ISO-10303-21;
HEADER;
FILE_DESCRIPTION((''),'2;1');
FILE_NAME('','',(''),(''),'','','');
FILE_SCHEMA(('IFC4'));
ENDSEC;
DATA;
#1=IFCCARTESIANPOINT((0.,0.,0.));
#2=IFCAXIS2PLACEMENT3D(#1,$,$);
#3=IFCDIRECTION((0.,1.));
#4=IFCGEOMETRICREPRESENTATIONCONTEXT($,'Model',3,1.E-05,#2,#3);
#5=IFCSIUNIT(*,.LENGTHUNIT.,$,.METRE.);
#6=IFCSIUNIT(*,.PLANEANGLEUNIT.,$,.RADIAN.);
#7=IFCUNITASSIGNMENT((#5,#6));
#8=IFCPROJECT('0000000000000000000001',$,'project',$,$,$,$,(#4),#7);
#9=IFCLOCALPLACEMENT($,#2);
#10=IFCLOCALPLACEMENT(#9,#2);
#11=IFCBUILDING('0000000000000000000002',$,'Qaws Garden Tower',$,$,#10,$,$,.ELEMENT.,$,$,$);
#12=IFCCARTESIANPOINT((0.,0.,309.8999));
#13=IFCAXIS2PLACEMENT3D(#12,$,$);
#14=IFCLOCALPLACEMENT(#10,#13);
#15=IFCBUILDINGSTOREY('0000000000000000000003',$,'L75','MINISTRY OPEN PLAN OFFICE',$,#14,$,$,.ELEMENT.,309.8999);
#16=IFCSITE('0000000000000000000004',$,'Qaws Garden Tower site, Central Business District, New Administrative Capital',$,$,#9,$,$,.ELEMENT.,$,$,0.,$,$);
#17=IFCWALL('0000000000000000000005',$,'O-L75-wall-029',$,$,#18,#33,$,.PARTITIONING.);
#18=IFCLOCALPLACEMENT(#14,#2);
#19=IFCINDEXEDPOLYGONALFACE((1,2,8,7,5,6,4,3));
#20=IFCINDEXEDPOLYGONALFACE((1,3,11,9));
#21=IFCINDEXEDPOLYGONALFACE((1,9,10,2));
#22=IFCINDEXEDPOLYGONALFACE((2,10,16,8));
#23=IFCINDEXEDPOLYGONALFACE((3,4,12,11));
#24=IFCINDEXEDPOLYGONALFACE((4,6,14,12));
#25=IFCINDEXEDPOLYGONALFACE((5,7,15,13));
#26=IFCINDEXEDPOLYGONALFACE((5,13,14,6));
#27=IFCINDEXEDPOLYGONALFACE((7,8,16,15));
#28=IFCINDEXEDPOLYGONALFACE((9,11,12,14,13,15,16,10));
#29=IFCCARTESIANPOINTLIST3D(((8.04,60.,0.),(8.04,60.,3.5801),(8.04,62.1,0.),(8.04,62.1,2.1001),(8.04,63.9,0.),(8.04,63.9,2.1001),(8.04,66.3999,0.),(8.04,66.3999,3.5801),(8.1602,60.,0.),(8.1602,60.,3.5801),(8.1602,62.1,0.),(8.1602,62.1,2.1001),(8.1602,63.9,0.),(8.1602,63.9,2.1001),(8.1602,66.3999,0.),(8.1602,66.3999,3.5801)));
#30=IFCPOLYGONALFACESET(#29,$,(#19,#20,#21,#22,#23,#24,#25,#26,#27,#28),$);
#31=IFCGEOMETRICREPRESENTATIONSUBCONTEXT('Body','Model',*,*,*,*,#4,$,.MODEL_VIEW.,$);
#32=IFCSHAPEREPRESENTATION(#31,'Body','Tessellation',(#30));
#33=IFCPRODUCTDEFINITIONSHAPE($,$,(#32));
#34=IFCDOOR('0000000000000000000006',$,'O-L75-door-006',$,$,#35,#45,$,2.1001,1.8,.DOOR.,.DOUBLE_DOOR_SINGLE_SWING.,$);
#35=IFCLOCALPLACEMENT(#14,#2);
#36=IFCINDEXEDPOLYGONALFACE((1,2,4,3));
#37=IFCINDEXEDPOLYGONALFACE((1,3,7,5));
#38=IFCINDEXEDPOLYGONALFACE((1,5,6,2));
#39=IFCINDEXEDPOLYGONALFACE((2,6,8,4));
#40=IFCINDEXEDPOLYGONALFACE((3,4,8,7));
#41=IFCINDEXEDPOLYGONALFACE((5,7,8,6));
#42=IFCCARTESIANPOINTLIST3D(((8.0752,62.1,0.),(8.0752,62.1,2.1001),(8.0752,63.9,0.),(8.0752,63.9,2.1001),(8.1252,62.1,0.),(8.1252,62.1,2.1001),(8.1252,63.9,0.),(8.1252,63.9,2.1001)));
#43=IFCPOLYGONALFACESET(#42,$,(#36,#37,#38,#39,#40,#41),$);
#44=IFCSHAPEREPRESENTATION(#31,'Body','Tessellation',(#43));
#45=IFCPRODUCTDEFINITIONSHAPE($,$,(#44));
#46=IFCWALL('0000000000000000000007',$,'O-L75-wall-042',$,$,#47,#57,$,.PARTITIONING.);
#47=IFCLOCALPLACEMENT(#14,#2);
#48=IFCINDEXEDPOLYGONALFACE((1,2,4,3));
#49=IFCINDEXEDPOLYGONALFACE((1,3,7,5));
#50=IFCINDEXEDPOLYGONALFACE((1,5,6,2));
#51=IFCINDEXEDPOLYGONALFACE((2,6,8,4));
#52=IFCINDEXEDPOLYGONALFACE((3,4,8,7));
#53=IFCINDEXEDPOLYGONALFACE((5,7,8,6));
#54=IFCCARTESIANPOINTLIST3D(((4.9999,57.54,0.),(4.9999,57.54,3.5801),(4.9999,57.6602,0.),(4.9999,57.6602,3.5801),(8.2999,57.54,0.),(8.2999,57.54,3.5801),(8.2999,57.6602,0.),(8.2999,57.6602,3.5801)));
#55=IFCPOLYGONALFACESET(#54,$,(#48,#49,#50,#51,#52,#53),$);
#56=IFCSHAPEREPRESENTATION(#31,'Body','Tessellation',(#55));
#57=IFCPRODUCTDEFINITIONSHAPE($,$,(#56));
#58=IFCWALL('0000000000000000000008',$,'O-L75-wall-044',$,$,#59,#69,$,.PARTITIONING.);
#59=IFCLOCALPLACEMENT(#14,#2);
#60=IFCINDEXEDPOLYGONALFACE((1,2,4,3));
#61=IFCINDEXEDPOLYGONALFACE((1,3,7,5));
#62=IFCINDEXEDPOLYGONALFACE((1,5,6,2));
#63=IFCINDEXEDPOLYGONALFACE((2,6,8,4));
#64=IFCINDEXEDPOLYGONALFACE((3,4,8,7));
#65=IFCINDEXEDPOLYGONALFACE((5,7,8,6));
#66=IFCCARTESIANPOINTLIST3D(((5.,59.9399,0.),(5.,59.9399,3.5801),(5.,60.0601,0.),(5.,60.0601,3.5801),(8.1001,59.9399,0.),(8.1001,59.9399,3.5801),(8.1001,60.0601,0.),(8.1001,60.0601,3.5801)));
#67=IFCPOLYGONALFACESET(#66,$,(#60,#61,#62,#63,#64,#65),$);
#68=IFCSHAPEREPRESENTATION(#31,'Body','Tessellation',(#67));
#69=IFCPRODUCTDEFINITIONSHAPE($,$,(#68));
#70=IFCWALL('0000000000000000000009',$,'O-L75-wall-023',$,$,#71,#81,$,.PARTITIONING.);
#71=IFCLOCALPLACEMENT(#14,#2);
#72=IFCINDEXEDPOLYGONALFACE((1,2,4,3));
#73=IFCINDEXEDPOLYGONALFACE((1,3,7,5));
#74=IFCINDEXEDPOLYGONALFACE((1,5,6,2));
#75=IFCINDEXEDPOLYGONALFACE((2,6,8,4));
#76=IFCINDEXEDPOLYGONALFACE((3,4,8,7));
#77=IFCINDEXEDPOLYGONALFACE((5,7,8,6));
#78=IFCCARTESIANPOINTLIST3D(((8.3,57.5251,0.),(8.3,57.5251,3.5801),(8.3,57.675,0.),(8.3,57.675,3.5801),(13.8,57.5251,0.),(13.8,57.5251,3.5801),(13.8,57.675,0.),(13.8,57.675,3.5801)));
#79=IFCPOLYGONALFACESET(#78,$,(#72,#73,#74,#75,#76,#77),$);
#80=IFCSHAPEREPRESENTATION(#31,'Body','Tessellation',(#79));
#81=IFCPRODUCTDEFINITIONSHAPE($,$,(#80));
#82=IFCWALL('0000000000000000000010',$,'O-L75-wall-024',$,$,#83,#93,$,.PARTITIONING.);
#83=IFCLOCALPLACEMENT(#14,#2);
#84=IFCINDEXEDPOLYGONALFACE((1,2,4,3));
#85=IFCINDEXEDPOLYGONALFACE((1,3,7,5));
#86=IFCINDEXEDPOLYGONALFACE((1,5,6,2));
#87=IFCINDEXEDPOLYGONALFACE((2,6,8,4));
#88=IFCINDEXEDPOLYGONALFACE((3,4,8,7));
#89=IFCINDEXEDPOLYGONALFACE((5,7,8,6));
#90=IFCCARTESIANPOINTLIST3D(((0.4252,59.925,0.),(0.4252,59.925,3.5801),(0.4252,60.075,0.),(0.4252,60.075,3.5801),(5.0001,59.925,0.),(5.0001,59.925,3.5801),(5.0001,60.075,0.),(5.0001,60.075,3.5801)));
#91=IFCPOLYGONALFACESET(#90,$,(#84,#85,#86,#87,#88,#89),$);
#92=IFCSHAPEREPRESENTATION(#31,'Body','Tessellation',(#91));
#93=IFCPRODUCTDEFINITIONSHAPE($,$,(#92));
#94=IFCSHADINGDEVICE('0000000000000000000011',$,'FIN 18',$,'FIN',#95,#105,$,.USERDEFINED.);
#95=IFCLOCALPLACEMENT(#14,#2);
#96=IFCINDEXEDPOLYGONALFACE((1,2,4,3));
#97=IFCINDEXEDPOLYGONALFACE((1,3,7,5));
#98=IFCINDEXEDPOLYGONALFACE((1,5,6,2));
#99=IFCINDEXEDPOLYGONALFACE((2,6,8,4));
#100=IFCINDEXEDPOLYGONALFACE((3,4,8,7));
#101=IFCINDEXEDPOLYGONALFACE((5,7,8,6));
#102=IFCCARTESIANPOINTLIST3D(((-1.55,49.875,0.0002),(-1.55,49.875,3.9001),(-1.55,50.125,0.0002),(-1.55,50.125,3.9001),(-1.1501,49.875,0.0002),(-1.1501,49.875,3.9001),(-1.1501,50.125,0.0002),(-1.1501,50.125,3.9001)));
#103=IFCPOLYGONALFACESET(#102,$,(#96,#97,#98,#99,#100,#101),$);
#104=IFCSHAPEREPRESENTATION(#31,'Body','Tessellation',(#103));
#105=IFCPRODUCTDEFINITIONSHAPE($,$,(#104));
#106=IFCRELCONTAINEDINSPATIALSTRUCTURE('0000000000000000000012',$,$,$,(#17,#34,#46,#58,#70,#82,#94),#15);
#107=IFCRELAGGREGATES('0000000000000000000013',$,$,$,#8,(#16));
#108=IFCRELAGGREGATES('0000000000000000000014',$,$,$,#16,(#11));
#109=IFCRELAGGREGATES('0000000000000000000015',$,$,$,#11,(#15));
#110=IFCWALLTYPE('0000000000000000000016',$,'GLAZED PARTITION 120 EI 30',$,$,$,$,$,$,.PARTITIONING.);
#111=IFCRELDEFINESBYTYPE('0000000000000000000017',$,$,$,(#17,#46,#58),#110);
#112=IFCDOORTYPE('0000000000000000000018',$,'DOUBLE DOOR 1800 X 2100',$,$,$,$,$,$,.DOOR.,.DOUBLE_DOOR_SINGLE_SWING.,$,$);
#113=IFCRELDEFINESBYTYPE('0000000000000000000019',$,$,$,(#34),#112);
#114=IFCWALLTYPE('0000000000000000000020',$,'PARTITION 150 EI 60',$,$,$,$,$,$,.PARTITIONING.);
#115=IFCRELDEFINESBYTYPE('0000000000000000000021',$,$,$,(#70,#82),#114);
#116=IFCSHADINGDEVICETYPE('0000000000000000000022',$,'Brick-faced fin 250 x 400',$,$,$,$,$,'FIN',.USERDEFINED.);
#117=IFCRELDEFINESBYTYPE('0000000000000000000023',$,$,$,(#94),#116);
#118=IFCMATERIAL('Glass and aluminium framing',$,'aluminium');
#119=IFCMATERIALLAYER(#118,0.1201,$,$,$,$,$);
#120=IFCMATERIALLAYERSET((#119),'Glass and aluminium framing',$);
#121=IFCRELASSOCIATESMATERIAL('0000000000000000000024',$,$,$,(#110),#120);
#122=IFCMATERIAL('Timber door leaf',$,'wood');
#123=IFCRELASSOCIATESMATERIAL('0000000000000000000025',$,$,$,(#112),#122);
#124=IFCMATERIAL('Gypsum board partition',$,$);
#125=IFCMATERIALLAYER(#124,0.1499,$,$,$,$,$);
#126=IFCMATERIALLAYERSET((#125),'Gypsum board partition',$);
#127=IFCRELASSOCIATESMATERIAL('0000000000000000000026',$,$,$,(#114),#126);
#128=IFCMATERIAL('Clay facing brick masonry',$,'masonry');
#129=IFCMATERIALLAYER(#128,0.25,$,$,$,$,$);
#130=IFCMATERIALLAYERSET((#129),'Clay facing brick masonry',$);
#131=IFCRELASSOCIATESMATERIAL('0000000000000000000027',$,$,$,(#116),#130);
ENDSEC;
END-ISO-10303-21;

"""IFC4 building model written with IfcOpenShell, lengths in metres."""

from ifc_helpers import new_model, si_unit, direction, frame, frame_2d, origin, origin_2d, place, context, subcontext, project, spatial, rectangle, extrude, material, layer, layer_set, type_object, element, fill, save


model = new_model("IFC4")

# Units and contexts
model_context = context("Model", 3, precision=1e-05, world=origin(), true_north=direction((0.0, 1.0)))
body_context = subcontext(model_context, "Body", "Model", "MODEL_VIEW")
ifc_project = project(units=[si_unit("LENGTHUNIT", "METRE"), si_unit("PLANEANGLEUNIT", "RADIAN")], contexts=[model_context])

# Site, building, storey
site_placement = place(None, origin())
site = spatial("IfcSite", under=ifc_project, at=site_placement, Name="Qaws Garden Tower site, Central Business District, New Administrative Capital", CompositionType="ELEMENT", RefElevation=0.0)
building_placement = place(site_placement, origin())
building = spatial("IfcBuilding", under=site, at=building_placement, Name="Qaws Garden Tower", CompositionType="ELEMENT")
storey_placement = place(building_placement, frame((0.0, 0.0, 309.8999)))
storey = spatial("IfcBuildingStorey", under=building, at=storey_placement, Name="L75", Description="MINISTRY OPEN PLAN OFFICE", CompositionType="ELEMENT", Elevation=309.8999)

# Shared definitions
ifc_material_1 = material(Name="Glass and aluminium framing", Category="aluminium")
ifc_layer_1 = layer(ifc_material_1, 0.1201)
ifc_layer_set_1 = layer_set([ifc_layer_1], Name="Glass and aluminium framing")
wall_type_1 = type_object("IfcWallType", Name="GLAZED PARTITION 120 EI 30", PredefinedType="PARTITIONING", material=ifc_layer_set_1)

# Wall, opening, door
wall_1_placement = place(storey_placement, frame((8.1001, 60.0, 0.0), z_axis=(0.0, 0.0, 1.0), x_axis=(0.0, 1.0, 0.0)))
wall_1 = element("IfcWall", 1, at=wall_1_placement, inside=storey, type_object=wall_type_1, Name="O-L75-wall-029", PredefinedType="PARTITIONING", context=body_context, shape_type="SweptSolid", body=[
    extrude(rectangle(XDim=6.3999, YDim=0.1201, at=frame_2d((3.2, 0.0))), origin(), (0.0, 0.0, 1.0), 3.5801),
])
opening_1_placement = place(wall_1_placement, frame((2.1001, 0.0, 0.0)))
opening_1 = element("IfcOpeningElement", 2, at=opening_1_placement, cuts=wall_1, PredefinedType="OPENING", context=body_context, shape_type="SweptSolid", body=[
    extrude(rectangle(XDim=1.8, YDim=2.1001, at=frame_2d((0.8999, 1.05))), frame((0.0, 0.0701, 0.0), z_axis=(0.0, -1.0, 0.0), x_axis=(1.0, 0.0, 0.0)), (0.0, 0.0, 1.0), 0.1401),
])
ifc_material_2 = material(Name="Timber door leaf", Category="wood")
door_type = type_object("IfcDoorType", Name="DOUBLE DOOR 1800 X 2100", OperationType="DOUBLE_DOOR_SINGLE_SWING", PredefinedType="DOOR", material=ifc_material_2)
door_placement = place(opening_1_placement, origin())
door = element("IfcDoor", 3, at=door_placement, inside=storey, type_object=door_type, Name="O-L75-door-006", OperationType="DOUBLE_DOOR_SINGLE_SWING", OverallHeight=2.1001, OverallWidth=1.8, PredefinedType="DOOR", context=body_context, shape_type="SweptSolid", body=[
    extrude(rectangle(XDim=1.8, YDim=2.1001, at=frame_2d((0.8999, 1.05))), frame((0.0, 0.0249, 0.0), z_axis=(0.0, -1.0, 0.0), x_axis=(1.0, 0.0, 0.0)), (0.0, 0.0, 1.0), 0.05),
])
fill(opening_1, door)

# Walls
wall_2_placement = place(storey_placement, frame((5.0, 57.6001, 0.0), z_axis=(0.0, 0.0, 1.0), x_axis=(1.0, 0.0, 0.0)))
element("IfcWall", 4, at=wall_2_placement, inside=storey, type_object=wall_type_1, Name="O-L75-wall-042", PredefinedType="PARTITIONING", context=body_context, shape_type="SweptSolid", body=[
    extrude(rectangle(XDim=3.3, YDim=0.1201, at=frame_2d((1.6499, 0.0))), origin(), (0.0, 0.0, 1.0), 3.5801),
])
wall_3_placement = place(storey_placement, frame((5.0, 60.0, 0.0), z_axis=(0.0, 0.0, 1.0), x_axis=(1.0, 0.0, 0.0)))
element("IfcWall", 5, at=wall_3_placement, inside=storey, type_object=wall_type_1, Name="O-L75-wall-044", PredefinedType="PARTITIONING", context=body_context, shape_type="SweptSolid", body=[
    extrude(rectangle(XDim=3.1001, YDim=0.1201, at=frame_2d((1.55, 0.0))), origin(), (0.0, 0.0, 1.0), 3.5801),
])
ifc_material_3 = material(Name="Gypsum board partition")
ifc_layer_2 = layer(ifc_material_3, 0.1499)
ifc_layer_set_2 = layer_set([ifc_layer_2], Name="Gypsum board partition")
wall_type_2 = type_object("IfcWallType", Name="PARTITION 150 EI 60", PredefinedType="PARTITIONING", material=ifc_layer_set_2)
wall_4_placement = place(storey_placement, frame((8.3, 57.6001, 0.0), z_axis=(0.0, 0.0, 1.0), x_axis=(1.0, 0.0, 0.0)))
element("IfcWall", 6, at=wall_4_placement, inside=storey, type_object=wall_type_2, Name="O-L75-wall-023", PredefinedType="PARTITIONING", context=body_context, shape_type="SweptSolid", body=[
    extrude(rectangle(XDim=5.5, YDim=0.1499, at=frame_2d((2.75, 0.0))), origin(), (0.0, 0.0, 1.0), 3.5801),
])
wall_5_placement = place(storey_placement, frame((0.425, 60.0, 0.0), z_axis=(0.0, 0.0, 1.0), x_axis=(1.0, 0.0, 0.0)))
element("IfcWall", 7, at=wall_5_placement, inside=storey, type_object=wall_type_2, Name="O-L75-wall-024", PredefinedType="PARTITIONING", context=body_context, shape_type="SweptSolid", body=[
    extrude(rectangle(XDim=4.575, YDim=0.1499, at=frame_2d((2.2876, 0.0))), origin(), (0.0, 0.0, 1.0), 3.5801),
])

# Shading device
ifc_material_4 = material(Name="Clay facing brick masonry", Category="masonry")
ifc_layer_3 = layer(ifc_material_4, 0.25)
ifc_layer_set_3 = layer_set([ifc_layer_3], Name="Clay facing brick masonry")
shading_device_type = type_object("IfcShadingDeviceType", Name="Brick-faced fin 250 x 400", ElementType="FIN", PredefinedType="USERDEFINED", material=ifc_layer_set_3)
shading_device_placement = place(storey_placement, frame((-1.3501, 50.0, 0.0002), z_axis=(0.0, 0.0, 1.0), x_axis=(0.0, -1.0, 0.0)))
element("IfcShadingDevice", 8, at=shading_device_placement, inside=storey, type_object=shading_device_type, Name="FIN 18", ObjectType="FIN", PredefinedType="USERDEFINED", context=body_context, shape_type="SweptSolid", body=[
    extrude(rectangle(XDim=0.25, YDim=0.3999, at=origin_2d()), origin(), (0.0, 0.0, 1.0), 3.8999),
])

save(model, "model.ifc")
